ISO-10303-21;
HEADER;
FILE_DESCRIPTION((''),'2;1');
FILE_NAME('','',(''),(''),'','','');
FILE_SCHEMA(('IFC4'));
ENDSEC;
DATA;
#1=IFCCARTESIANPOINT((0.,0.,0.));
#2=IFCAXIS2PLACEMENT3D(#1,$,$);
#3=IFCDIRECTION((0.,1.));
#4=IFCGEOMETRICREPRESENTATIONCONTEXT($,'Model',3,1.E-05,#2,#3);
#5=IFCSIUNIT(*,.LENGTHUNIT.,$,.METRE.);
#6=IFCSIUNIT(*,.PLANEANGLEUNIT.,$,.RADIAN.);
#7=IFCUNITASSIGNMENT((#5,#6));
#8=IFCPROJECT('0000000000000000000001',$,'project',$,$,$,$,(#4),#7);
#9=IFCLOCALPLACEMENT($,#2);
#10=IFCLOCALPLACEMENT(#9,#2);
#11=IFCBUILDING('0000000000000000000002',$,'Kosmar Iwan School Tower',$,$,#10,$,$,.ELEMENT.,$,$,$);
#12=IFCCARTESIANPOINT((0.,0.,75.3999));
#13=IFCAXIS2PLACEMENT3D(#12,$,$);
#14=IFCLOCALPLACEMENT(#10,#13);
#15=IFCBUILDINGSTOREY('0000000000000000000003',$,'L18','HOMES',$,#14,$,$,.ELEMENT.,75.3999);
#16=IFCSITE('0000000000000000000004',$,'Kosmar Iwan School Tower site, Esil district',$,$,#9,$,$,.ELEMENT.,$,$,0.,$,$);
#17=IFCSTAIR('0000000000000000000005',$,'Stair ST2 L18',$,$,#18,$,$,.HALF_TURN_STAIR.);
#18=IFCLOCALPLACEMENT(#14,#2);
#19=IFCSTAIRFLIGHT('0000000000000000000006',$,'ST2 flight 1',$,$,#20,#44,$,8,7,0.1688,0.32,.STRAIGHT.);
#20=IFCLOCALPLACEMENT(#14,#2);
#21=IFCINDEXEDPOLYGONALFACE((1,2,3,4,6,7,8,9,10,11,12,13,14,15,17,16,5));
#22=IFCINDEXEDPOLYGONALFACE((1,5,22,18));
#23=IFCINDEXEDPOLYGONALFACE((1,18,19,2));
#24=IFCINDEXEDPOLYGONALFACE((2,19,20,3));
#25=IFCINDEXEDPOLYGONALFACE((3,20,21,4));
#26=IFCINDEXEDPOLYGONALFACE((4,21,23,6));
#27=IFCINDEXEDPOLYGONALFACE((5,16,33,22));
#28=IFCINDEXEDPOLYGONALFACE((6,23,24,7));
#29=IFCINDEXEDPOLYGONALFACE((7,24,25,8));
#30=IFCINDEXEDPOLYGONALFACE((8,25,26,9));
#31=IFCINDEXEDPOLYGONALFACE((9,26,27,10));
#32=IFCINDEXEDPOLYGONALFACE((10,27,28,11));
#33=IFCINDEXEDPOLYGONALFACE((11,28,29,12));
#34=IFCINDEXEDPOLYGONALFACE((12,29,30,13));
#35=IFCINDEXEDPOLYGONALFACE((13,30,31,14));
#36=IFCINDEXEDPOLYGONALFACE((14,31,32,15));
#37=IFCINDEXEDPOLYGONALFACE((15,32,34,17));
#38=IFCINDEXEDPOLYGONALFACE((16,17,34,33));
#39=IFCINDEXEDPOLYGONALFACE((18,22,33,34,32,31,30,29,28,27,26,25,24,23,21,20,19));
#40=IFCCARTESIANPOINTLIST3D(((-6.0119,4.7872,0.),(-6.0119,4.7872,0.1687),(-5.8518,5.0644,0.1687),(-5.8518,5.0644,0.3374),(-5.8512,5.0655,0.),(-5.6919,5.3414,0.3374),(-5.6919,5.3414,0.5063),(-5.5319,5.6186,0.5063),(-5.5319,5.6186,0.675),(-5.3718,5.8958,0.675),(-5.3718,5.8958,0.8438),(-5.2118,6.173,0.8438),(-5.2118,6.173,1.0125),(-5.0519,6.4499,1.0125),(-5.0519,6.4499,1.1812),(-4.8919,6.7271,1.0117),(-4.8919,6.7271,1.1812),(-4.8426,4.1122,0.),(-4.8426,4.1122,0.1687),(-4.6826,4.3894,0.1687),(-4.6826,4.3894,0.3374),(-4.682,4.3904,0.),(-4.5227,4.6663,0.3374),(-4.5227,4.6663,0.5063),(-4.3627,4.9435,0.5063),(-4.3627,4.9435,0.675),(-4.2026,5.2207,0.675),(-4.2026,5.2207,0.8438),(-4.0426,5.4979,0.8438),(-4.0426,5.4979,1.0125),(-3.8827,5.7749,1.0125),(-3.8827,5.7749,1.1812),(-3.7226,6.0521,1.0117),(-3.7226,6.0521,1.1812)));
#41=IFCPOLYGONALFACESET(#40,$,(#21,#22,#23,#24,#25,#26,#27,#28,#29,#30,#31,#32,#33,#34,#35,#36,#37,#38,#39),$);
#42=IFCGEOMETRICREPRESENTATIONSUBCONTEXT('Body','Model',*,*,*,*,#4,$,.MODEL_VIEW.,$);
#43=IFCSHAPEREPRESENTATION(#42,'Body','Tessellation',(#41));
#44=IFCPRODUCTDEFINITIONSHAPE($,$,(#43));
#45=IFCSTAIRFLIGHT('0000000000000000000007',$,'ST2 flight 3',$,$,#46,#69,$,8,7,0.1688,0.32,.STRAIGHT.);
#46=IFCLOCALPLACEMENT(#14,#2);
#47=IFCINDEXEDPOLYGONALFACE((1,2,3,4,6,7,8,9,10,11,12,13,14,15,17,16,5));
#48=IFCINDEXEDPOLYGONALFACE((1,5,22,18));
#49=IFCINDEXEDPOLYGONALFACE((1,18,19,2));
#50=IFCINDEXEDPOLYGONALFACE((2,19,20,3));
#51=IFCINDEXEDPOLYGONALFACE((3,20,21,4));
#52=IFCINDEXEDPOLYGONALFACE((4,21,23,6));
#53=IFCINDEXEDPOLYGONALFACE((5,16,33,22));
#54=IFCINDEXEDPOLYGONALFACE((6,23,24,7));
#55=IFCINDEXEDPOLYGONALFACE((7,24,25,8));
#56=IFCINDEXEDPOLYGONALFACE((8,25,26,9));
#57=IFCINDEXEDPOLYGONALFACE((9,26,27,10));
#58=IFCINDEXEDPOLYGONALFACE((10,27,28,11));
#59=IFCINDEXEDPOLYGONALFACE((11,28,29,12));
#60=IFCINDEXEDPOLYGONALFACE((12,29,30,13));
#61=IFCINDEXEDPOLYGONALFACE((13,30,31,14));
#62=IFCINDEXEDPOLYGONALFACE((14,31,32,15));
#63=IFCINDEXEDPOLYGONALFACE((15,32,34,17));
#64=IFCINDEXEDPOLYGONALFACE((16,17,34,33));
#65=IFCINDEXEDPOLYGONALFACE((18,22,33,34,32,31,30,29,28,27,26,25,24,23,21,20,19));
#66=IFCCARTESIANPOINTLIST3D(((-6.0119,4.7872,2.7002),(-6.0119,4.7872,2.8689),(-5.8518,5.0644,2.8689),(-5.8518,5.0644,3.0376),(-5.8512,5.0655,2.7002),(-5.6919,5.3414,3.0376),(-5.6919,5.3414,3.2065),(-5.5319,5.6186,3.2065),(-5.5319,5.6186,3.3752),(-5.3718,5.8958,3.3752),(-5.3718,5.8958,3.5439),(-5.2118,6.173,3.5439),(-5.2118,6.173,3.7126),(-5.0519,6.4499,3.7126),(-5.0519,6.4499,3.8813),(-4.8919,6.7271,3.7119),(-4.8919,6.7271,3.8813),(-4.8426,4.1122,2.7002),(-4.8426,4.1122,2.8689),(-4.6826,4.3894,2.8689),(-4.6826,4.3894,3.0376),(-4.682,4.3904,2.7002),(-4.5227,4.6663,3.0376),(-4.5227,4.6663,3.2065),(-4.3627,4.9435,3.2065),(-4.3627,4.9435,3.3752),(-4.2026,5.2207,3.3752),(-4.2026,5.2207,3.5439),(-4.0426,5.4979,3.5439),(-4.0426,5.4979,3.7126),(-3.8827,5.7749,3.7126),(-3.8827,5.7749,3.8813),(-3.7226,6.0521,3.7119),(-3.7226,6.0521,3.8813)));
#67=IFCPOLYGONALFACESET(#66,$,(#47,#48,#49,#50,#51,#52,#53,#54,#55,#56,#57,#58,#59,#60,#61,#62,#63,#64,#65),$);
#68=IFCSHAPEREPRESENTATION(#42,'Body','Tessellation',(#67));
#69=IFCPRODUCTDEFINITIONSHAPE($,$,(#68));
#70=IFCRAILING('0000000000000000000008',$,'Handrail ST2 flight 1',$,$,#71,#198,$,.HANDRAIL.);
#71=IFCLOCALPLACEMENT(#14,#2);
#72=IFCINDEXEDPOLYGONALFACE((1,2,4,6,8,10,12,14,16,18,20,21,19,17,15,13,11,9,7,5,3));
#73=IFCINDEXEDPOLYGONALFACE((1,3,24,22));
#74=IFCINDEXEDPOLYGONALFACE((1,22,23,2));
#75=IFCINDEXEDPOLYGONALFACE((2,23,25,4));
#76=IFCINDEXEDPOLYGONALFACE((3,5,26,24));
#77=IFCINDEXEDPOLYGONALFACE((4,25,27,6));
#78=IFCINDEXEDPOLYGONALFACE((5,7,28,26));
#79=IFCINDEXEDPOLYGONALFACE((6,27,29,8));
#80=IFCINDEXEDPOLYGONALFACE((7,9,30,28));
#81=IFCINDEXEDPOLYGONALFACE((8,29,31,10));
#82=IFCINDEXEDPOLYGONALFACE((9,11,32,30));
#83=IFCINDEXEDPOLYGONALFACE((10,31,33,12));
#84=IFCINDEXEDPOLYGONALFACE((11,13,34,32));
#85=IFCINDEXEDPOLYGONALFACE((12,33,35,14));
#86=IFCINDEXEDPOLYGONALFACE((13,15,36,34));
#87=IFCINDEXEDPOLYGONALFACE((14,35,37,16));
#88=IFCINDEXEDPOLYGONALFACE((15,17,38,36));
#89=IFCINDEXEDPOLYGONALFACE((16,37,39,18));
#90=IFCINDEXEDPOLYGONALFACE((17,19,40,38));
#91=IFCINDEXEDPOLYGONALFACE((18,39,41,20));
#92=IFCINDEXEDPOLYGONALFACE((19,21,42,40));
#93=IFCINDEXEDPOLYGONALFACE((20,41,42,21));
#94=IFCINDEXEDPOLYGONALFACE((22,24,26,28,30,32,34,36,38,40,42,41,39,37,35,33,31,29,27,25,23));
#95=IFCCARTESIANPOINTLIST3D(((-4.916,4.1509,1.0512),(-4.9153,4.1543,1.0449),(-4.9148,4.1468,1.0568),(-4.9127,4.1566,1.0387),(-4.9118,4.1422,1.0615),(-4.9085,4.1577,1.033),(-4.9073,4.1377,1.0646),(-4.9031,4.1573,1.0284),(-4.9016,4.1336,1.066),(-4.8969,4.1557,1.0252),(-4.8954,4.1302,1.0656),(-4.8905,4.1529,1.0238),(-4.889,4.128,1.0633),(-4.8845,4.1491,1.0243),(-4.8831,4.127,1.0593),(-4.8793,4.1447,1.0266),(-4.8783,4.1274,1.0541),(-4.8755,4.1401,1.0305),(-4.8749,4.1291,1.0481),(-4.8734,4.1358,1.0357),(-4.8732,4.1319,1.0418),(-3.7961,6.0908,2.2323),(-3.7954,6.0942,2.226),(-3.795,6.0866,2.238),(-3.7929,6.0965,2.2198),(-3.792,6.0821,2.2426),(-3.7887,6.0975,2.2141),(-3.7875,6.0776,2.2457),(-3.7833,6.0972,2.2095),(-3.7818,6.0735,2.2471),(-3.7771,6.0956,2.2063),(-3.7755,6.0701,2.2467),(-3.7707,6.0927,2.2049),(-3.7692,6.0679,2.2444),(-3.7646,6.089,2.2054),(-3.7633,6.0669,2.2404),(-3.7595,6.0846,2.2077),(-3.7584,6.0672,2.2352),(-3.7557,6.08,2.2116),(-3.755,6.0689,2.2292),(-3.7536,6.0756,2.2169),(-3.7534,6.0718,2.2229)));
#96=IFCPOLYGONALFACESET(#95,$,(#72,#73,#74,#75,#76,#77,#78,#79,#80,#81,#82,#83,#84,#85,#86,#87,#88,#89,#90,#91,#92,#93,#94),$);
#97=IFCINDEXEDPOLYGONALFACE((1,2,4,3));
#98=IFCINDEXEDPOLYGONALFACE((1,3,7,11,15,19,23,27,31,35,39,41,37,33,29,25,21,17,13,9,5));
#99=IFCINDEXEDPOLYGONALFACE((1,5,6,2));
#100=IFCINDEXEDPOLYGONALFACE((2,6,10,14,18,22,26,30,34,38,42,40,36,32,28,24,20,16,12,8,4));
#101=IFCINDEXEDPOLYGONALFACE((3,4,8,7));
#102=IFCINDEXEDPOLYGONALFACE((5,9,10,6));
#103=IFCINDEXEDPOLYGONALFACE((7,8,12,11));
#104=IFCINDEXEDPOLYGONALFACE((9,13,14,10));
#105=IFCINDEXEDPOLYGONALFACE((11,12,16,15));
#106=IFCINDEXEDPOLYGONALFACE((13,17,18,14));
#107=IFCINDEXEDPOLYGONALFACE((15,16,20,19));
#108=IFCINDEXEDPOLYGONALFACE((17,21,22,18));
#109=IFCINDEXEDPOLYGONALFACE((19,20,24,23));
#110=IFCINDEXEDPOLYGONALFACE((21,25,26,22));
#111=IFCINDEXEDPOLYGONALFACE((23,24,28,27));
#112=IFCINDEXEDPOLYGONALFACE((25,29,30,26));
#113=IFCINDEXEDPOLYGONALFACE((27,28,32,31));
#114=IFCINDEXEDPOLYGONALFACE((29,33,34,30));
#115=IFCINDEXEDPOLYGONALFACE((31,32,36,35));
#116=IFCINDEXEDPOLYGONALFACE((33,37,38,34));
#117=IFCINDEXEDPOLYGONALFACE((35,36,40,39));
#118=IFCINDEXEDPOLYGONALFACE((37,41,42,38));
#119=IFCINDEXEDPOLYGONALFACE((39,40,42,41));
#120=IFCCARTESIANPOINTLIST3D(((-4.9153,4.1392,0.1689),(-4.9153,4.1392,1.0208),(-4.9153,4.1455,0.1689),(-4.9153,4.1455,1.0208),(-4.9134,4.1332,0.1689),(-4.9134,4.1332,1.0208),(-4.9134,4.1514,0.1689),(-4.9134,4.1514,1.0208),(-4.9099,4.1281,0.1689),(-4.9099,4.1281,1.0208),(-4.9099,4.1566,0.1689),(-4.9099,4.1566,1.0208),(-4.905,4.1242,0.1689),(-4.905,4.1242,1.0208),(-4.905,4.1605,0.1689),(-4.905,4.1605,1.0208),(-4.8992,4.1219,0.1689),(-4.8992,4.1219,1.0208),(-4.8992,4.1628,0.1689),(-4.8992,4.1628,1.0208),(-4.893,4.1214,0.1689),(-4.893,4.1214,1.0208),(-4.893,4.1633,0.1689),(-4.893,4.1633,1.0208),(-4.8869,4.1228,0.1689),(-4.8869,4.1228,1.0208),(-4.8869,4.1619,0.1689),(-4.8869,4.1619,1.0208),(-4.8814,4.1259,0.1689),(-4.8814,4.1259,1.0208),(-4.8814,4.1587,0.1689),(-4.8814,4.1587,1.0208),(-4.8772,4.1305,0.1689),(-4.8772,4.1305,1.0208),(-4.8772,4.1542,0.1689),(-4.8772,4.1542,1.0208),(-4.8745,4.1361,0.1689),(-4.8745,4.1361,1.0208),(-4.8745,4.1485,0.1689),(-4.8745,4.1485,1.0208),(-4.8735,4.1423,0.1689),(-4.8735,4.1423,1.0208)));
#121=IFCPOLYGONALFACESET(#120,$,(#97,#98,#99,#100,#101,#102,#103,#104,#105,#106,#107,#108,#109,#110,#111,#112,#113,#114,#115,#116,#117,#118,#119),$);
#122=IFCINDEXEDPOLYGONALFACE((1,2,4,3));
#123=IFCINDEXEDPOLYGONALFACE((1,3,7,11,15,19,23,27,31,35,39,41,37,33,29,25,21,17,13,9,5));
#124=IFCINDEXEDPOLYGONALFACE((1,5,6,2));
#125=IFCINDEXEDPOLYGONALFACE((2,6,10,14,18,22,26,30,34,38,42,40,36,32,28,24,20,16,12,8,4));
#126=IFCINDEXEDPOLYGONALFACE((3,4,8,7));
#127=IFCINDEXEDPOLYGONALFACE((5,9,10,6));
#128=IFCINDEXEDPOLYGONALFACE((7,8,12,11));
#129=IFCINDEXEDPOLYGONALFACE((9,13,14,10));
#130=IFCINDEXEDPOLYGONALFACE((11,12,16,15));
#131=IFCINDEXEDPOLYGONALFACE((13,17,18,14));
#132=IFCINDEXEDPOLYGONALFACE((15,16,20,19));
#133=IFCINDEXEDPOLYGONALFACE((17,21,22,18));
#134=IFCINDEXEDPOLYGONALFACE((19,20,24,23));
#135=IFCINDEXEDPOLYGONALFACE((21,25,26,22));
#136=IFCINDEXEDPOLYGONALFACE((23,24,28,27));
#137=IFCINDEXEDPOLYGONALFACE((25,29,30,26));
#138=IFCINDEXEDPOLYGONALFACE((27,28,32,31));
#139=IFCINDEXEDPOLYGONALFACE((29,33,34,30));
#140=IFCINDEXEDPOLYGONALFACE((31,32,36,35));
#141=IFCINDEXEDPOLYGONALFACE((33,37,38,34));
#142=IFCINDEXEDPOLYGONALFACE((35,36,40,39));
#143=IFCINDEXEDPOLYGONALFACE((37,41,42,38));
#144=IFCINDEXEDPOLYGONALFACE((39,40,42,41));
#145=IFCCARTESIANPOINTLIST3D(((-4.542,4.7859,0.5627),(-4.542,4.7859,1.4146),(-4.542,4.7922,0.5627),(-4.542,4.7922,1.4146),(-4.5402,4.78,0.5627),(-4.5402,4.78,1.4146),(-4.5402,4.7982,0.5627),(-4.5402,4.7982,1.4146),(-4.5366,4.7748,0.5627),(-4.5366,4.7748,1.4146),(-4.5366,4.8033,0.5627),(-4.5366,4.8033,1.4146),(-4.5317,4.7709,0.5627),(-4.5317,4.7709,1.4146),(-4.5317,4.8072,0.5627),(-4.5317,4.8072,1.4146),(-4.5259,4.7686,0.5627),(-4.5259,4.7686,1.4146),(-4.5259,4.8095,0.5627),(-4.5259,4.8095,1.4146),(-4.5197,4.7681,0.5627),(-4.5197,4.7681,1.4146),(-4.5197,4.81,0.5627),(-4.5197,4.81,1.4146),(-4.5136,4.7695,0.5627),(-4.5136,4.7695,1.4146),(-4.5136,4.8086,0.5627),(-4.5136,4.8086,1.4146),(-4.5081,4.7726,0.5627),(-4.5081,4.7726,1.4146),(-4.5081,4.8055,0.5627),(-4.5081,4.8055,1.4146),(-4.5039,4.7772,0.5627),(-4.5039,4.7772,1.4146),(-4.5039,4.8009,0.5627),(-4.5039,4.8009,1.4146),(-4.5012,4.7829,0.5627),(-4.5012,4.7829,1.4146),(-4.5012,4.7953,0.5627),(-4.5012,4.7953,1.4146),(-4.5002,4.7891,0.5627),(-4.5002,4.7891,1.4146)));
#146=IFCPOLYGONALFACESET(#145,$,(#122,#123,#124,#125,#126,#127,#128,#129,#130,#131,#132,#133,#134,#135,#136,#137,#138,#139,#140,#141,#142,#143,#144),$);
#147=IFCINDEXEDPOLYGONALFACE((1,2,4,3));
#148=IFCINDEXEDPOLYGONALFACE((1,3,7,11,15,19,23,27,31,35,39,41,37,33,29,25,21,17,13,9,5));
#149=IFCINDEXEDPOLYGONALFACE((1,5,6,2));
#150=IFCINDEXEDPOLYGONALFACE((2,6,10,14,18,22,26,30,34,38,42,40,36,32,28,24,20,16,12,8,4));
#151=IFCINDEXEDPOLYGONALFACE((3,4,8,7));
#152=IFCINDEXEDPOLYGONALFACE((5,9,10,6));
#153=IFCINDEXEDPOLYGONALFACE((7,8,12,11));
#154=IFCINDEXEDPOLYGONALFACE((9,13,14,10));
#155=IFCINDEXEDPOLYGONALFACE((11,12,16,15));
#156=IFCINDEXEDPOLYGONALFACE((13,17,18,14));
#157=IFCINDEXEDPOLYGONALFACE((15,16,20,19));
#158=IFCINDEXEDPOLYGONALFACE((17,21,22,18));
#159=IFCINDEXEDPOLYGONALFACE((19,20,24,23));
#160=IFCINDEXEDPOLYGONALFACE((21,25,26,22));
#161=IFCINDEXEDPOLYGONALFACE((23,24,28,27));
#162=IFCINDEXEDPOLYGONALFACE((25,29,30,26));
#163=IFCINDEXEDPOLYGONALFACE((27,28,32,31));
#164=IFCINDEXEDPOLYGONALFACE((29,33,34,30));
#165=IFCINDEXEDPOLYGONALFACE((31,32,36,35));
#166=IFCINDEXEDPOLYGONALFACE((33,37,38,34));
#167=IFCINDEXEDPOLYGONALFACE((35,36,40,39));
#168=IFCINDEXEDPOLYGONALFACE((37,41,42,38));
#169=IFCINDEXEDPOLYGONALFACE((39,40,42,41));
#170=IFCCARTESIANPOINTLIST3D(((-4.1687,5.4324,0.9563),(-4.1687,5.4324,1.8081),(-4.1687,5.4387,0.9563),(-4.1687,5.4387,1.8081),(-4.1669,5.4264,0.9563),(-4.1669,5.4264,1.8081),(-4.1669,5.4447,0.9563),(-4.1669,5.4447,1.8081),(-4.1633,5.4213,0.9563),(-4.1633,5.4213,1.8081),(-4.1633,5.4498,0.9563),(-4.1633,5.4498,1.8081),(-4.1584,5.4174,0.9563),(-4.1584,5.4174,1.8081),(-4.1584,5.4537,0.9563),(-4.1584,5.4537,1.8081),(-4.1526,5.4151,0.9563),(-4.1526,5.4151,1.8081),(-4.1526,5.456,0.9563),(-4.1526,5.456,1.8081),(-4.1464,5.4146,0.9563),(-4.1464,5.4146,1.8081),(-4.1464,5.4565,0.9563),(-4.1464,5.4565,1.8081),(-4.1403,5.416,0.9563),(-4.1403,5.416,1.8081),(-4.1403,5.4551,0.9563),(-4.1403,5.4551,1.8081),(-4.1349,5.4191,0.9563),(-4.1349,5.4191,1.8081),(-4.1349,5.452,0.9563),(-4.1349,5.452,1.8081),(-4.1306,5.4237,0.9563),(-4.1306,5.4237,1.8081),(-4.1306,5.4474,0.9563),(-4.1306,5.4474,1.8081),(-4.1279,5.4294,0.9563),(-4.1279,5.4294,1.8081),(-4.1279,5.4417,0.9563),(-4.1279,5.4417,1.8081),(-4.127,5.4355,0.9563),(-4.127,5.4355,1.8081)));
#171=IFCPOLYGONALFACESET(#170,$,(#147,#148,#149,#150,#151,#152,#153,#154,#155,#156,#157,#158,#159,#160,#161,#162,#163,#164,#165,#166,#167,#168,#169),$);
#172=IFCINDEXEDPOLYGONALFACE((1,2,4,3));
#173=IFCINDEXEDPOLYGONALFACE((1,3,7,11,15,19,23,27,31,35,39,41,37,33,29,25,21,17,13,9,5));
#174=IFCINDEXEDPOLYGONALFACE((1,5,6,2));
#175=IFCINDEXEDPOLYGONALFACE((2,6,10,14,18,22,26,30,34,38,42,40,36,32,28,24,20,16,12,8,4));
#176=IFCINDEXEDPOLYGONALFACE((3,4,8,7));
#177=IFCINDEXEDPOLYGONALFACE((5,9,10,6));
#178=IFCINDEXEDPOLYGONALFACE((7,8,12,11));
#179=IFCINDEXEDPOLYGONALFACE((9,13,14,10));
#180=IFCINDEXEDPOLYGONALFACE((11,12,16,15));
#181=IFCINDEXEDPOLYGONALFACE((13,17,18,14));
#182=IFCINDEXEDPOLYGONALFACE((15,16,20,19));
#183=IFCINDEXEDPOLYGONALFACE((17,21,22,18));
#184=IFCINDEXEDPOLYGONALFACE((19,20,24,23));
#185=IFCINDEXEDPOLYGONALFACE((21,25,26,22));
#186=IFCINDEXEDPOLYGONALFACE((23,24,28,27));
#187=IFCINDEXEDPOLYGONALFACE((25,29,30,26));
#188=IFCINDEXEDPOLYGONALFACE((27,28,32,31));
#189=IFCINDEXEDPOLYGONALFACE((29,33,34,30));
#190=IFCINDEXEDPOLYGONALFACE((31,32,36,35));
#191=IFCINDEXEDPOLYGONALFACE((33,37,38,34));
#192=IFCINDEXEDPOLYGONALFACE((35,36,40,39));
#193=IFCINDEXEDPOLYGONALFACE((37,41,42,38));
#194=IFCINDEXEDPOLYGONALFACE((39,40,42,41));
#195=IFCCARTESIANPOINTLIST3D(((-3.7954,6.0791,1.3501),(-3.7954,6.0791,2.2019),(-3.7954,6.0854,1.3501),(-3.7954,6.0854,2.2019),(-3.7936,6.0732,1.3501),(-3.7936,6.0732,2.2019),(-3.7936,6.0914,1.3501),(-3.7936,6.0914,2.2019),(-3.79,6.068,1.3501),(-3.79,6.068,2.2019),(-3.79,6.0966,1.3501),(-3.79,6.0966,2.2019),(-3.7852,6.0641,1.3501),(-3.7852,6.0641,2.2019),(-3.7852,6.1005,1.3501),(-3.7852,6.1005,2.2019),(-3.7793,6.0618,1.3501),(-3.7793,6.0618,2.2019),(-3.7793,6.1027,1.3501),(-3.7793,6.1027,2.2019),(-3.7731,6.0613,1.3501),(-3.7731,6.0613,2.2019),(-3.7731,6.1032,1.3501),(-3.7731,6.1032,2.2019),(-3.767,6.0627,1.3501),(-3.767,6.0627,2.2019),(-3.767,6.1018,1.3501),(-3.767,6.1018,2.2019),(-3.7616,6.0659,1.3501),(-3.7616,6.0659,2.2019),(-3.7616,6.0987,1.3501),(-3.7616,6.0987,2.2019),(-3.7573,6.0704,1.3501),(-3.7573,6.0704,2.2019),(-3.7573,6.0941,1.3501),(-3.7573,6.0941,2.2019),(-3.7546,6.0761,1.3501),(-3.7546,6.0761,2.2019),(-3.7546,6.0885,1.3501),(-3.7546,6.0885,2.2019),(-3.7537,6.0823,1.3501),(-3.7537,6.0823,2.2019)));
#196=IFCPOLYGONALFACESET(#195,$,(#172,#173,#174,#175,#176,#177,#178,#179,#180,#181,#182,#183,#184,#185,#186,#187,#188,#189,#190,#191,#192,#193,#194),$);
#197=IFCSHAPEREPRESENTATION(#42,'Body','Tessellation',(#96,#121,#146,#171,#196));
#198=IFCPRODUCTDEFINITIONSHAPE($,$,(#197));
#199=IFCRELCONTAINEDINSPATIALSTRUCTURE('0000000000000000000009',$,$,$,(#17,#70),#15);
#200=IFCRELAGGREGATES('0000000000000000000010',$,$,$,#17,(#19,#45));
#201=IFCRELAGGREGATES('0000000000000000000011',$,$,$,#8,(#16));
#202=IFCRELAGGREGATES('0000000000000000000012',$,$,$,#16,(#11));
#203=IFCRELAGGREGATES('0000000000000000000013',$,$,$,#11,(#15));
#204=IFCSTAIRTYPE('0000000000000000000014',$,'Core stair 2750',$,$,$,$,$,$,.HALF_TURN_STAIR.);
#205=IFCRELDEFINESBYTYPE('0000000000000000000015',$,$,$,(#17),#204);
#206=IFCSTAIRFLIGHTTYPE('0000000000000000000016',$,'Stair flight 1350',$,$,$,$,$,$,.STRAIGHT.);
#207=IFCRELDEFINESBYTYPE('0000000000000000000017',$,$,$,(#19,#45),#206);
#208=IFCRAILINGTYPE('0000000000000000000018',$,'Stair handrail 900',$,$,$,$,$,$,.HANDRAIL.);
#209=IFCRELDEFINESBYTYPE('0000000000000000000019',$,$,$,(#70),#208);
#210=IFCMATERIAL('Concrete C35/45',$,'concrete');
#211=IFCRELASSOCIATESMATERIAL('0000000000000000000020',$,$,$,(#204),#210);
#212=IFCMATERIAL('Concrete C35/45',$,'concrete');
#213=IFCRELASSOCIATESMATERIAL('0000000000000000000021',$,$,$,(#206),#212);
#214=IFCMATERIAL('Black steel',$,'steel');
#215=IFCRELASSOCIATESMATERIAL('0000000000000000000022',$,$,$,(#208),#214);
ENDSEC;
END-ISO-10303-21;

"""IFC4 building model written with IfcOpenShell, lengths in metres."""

from ifc_helpers import new_model, si_unit, direction, frame, origin, origin_2d, place, context, subcontext, project, spatial, polyline, circle, outline, extrude, material, type_object, element, aggregate, save


model = new_model("IFC4")

# Units and contexts
model_context = context("Model", 3, precision=1e-05, world=origin(), true_north=direction((0.0, 1.0)))
body_context = subcontext(model_context, "Body", "Model", "MODEL_VIEW")
ifc_project = project(units=[si_unit("LENGTHUNIT", "METRE"), si_unit("PLANEANGLEUNIT", "RADIAN")], contexts=[model_context])

# Site, building, storey
site_placement = place(None, origin())
site = spatial("IfcSite", under=ifc_project, at=site_placement, Name="Kosmar Iwan School Tower site, Esil district", CompositionType="ELEMENT", RefElevation=0.0)
building_placement = place(site_placement, origin())
building = spatial("IfcBuilding", under=site, at=building_placement, Name="Kosmar Iwan School Tower", CompositionType="ELEMENT")
storey_placement = place(building_placement, frame((0.0, 0.0, 75.3999)))
storey = spatial("IfcBuildingStorey", under=building, at=storey_placement, Name="L18", Description="HOMES", CompositionType="ELEMENT", Elevation=75.3999)

# Stair, stair flights
ifc_material_1 = material(Name="Concrete C35/45", Category="concrete")
stair_type = type_object("IfcStairType", Name="Core stair 2750", PredefinedType="HALF_TURN_STAIR", material=ifc_material_1)
stair_placement = place(storey_placement, origin())
stair = element("IfcStair", 1, at=stair_placement, inside=storey, type_object=stair_type, Name="Stair ST2 L18", PredefinedType="HALF_TURN_STAIR")
ifc_material_2 = material(Name="Concrete C35/45", Category="concrete")
stair_flight_type = type_object("IfcStairFlightType", Name="Stair flight 1350", PredefinedType="STRAIGHT", material=ifc_material_2)
stair_flight_1_placement = place(storey_placement, frame((-5.4272, 4.4497, 0.0), z_axis=(0.0, 0.0, 1.0), x_axis=(0.5, 0.866025, 0.0)))
stair_flight_1 = element("IfcStairFlight", 2, at=stair_flight_1_placement, type_object=stair_flight_type, Name="ST2 flight 1", NumberOfRisers=8, NumberOfTreads=7, PredefinedType="STRAIGHT", RiserHeight=0.1688, TreadLength=0.32, context=body_context, shape_type="SweptSolid", body=[
    extrude(outline(polyline([(0.0, 0.0), (0.0, 0.1687), (0.3201, 0.1687), (0.3201, 0.3374), (0.6399, 0.3374), (0.6399, 0.5063), (0.96, 0.5063), (0.96, 0.675), (1.28, 0.675), (1.28, 0.8438), (1.6001, 0.8438), (1.6001, 1.0125), (1.9199, 1.0125), (1.9199, 1.1812), (2.24, 1.1812), (2.24, 1.3501), (2.24, 1.0117), (0.3213, 0.0), (0.0, 0.0)])), frame((0.0, 0.675, 0.0), z_axis=(0.0, -1.0, 0.0), x_axis=(1.0, 0.0, 0.0)), (0.0, 0.0, 1.0), 1.3501),
])
stair_flight_2_placement = place(storey_placement, frame((-5.4272, 4.4497, 2.7002), z_axis=(0.0, 0.0, 1.0), x_axis=(0.5, 0.866025, 0.0)))
stair_flight_2 = element("IfcStairFlight", 3, at=stair_flight_2_placement, type_object=stair_flight_type, Name="ST2 flight 3", NumberOfRisers=8, NumberOfTreads=7, PredefinedType="STRAIGHT", RiserHeight=0.1688, TreadLength=0.32, context=body_context, shape_type="SweptSolid", body=[
    extrude(outline(polyline([(0.0, 0.0), (0.0, 0.1687), (0.3201, 0.1687), (0.3201, 0.3374), (0.6399, 0.3374), (0.6399, 0.5063), (0.96, 0.5063), (0.96, 0.675), (1.28, 0.675), (1.28, 0.8438), (1.6001, 0.8438), (1.6001, 1.0125), (1.9199, 1.0125), (1.9199, 1.1812), (2.24, 1.1812), (2.24, 1.3501), (2.24, 1.0117), (0.3213, 0.0), (0.0, 0.0)])), frame((0.0, 0.675, 0.0), z_axis=(0.0, -1.0, 0.0), x_axis=(1.0, 0.0, 0.0)), (0.0, 0.0, 1.0), 1.3501),
])
aggregate(stair, [stair_flight_1, stair_flight_2])

# Railing
ifc_material_3 = material(Name="Black steel", Category="steel")
railing_type = type_object("IfcRailingType", Name="Stair handrail 900", PredefinedType="HANDRAIL", material=ifc_material_3)
for number, where, name in (
    (4, (-4.8945, 4.1423, 0.1689), "Handrail ST2 flight 1"),
):
    element("IfcRailing", number, at=place(storey_placement, frame(where)), inside=storey, type_object=railing_type, Name=name, PredefinedType="HANDRAIL", context=body_context, shape_type="SweptSolid", body=[
        extrude(circle(Radius=0.0239, at=origin_2d()), frame((0.0, 0.0, 0.876), z_axis=(0.442233, 0.766075, 0.466432), x_axis=(-0.866055, 0.499949, 0.0)), (0.0, 0.0, 1.0), 2.5322),
        extrude(circle(Radius=0.021, at=origin_2d()), origin(), (0.0, 0.0, 1.0), 0.8518),
        extrude(circle(Radius=0.021, at=origin_2d()), frame((0.3733, 0.6467, 0.3938)), (0.0, 0.0, 1.0), 0.8518),
        extrude(circle(Radius=0.021, at=origin_2d()), frame((0.7466, 1.2932, 0.7874)), (0.0, 0.0, 1.0), 0.8518),
        extrude(circle(Radius=0.021, at=origin_2d()), frame((1.1199, 1.9399, 1.1812)), (0.0, 0.0, 1.0), 0.8518),
    ])

save(model, "model.ifc")
